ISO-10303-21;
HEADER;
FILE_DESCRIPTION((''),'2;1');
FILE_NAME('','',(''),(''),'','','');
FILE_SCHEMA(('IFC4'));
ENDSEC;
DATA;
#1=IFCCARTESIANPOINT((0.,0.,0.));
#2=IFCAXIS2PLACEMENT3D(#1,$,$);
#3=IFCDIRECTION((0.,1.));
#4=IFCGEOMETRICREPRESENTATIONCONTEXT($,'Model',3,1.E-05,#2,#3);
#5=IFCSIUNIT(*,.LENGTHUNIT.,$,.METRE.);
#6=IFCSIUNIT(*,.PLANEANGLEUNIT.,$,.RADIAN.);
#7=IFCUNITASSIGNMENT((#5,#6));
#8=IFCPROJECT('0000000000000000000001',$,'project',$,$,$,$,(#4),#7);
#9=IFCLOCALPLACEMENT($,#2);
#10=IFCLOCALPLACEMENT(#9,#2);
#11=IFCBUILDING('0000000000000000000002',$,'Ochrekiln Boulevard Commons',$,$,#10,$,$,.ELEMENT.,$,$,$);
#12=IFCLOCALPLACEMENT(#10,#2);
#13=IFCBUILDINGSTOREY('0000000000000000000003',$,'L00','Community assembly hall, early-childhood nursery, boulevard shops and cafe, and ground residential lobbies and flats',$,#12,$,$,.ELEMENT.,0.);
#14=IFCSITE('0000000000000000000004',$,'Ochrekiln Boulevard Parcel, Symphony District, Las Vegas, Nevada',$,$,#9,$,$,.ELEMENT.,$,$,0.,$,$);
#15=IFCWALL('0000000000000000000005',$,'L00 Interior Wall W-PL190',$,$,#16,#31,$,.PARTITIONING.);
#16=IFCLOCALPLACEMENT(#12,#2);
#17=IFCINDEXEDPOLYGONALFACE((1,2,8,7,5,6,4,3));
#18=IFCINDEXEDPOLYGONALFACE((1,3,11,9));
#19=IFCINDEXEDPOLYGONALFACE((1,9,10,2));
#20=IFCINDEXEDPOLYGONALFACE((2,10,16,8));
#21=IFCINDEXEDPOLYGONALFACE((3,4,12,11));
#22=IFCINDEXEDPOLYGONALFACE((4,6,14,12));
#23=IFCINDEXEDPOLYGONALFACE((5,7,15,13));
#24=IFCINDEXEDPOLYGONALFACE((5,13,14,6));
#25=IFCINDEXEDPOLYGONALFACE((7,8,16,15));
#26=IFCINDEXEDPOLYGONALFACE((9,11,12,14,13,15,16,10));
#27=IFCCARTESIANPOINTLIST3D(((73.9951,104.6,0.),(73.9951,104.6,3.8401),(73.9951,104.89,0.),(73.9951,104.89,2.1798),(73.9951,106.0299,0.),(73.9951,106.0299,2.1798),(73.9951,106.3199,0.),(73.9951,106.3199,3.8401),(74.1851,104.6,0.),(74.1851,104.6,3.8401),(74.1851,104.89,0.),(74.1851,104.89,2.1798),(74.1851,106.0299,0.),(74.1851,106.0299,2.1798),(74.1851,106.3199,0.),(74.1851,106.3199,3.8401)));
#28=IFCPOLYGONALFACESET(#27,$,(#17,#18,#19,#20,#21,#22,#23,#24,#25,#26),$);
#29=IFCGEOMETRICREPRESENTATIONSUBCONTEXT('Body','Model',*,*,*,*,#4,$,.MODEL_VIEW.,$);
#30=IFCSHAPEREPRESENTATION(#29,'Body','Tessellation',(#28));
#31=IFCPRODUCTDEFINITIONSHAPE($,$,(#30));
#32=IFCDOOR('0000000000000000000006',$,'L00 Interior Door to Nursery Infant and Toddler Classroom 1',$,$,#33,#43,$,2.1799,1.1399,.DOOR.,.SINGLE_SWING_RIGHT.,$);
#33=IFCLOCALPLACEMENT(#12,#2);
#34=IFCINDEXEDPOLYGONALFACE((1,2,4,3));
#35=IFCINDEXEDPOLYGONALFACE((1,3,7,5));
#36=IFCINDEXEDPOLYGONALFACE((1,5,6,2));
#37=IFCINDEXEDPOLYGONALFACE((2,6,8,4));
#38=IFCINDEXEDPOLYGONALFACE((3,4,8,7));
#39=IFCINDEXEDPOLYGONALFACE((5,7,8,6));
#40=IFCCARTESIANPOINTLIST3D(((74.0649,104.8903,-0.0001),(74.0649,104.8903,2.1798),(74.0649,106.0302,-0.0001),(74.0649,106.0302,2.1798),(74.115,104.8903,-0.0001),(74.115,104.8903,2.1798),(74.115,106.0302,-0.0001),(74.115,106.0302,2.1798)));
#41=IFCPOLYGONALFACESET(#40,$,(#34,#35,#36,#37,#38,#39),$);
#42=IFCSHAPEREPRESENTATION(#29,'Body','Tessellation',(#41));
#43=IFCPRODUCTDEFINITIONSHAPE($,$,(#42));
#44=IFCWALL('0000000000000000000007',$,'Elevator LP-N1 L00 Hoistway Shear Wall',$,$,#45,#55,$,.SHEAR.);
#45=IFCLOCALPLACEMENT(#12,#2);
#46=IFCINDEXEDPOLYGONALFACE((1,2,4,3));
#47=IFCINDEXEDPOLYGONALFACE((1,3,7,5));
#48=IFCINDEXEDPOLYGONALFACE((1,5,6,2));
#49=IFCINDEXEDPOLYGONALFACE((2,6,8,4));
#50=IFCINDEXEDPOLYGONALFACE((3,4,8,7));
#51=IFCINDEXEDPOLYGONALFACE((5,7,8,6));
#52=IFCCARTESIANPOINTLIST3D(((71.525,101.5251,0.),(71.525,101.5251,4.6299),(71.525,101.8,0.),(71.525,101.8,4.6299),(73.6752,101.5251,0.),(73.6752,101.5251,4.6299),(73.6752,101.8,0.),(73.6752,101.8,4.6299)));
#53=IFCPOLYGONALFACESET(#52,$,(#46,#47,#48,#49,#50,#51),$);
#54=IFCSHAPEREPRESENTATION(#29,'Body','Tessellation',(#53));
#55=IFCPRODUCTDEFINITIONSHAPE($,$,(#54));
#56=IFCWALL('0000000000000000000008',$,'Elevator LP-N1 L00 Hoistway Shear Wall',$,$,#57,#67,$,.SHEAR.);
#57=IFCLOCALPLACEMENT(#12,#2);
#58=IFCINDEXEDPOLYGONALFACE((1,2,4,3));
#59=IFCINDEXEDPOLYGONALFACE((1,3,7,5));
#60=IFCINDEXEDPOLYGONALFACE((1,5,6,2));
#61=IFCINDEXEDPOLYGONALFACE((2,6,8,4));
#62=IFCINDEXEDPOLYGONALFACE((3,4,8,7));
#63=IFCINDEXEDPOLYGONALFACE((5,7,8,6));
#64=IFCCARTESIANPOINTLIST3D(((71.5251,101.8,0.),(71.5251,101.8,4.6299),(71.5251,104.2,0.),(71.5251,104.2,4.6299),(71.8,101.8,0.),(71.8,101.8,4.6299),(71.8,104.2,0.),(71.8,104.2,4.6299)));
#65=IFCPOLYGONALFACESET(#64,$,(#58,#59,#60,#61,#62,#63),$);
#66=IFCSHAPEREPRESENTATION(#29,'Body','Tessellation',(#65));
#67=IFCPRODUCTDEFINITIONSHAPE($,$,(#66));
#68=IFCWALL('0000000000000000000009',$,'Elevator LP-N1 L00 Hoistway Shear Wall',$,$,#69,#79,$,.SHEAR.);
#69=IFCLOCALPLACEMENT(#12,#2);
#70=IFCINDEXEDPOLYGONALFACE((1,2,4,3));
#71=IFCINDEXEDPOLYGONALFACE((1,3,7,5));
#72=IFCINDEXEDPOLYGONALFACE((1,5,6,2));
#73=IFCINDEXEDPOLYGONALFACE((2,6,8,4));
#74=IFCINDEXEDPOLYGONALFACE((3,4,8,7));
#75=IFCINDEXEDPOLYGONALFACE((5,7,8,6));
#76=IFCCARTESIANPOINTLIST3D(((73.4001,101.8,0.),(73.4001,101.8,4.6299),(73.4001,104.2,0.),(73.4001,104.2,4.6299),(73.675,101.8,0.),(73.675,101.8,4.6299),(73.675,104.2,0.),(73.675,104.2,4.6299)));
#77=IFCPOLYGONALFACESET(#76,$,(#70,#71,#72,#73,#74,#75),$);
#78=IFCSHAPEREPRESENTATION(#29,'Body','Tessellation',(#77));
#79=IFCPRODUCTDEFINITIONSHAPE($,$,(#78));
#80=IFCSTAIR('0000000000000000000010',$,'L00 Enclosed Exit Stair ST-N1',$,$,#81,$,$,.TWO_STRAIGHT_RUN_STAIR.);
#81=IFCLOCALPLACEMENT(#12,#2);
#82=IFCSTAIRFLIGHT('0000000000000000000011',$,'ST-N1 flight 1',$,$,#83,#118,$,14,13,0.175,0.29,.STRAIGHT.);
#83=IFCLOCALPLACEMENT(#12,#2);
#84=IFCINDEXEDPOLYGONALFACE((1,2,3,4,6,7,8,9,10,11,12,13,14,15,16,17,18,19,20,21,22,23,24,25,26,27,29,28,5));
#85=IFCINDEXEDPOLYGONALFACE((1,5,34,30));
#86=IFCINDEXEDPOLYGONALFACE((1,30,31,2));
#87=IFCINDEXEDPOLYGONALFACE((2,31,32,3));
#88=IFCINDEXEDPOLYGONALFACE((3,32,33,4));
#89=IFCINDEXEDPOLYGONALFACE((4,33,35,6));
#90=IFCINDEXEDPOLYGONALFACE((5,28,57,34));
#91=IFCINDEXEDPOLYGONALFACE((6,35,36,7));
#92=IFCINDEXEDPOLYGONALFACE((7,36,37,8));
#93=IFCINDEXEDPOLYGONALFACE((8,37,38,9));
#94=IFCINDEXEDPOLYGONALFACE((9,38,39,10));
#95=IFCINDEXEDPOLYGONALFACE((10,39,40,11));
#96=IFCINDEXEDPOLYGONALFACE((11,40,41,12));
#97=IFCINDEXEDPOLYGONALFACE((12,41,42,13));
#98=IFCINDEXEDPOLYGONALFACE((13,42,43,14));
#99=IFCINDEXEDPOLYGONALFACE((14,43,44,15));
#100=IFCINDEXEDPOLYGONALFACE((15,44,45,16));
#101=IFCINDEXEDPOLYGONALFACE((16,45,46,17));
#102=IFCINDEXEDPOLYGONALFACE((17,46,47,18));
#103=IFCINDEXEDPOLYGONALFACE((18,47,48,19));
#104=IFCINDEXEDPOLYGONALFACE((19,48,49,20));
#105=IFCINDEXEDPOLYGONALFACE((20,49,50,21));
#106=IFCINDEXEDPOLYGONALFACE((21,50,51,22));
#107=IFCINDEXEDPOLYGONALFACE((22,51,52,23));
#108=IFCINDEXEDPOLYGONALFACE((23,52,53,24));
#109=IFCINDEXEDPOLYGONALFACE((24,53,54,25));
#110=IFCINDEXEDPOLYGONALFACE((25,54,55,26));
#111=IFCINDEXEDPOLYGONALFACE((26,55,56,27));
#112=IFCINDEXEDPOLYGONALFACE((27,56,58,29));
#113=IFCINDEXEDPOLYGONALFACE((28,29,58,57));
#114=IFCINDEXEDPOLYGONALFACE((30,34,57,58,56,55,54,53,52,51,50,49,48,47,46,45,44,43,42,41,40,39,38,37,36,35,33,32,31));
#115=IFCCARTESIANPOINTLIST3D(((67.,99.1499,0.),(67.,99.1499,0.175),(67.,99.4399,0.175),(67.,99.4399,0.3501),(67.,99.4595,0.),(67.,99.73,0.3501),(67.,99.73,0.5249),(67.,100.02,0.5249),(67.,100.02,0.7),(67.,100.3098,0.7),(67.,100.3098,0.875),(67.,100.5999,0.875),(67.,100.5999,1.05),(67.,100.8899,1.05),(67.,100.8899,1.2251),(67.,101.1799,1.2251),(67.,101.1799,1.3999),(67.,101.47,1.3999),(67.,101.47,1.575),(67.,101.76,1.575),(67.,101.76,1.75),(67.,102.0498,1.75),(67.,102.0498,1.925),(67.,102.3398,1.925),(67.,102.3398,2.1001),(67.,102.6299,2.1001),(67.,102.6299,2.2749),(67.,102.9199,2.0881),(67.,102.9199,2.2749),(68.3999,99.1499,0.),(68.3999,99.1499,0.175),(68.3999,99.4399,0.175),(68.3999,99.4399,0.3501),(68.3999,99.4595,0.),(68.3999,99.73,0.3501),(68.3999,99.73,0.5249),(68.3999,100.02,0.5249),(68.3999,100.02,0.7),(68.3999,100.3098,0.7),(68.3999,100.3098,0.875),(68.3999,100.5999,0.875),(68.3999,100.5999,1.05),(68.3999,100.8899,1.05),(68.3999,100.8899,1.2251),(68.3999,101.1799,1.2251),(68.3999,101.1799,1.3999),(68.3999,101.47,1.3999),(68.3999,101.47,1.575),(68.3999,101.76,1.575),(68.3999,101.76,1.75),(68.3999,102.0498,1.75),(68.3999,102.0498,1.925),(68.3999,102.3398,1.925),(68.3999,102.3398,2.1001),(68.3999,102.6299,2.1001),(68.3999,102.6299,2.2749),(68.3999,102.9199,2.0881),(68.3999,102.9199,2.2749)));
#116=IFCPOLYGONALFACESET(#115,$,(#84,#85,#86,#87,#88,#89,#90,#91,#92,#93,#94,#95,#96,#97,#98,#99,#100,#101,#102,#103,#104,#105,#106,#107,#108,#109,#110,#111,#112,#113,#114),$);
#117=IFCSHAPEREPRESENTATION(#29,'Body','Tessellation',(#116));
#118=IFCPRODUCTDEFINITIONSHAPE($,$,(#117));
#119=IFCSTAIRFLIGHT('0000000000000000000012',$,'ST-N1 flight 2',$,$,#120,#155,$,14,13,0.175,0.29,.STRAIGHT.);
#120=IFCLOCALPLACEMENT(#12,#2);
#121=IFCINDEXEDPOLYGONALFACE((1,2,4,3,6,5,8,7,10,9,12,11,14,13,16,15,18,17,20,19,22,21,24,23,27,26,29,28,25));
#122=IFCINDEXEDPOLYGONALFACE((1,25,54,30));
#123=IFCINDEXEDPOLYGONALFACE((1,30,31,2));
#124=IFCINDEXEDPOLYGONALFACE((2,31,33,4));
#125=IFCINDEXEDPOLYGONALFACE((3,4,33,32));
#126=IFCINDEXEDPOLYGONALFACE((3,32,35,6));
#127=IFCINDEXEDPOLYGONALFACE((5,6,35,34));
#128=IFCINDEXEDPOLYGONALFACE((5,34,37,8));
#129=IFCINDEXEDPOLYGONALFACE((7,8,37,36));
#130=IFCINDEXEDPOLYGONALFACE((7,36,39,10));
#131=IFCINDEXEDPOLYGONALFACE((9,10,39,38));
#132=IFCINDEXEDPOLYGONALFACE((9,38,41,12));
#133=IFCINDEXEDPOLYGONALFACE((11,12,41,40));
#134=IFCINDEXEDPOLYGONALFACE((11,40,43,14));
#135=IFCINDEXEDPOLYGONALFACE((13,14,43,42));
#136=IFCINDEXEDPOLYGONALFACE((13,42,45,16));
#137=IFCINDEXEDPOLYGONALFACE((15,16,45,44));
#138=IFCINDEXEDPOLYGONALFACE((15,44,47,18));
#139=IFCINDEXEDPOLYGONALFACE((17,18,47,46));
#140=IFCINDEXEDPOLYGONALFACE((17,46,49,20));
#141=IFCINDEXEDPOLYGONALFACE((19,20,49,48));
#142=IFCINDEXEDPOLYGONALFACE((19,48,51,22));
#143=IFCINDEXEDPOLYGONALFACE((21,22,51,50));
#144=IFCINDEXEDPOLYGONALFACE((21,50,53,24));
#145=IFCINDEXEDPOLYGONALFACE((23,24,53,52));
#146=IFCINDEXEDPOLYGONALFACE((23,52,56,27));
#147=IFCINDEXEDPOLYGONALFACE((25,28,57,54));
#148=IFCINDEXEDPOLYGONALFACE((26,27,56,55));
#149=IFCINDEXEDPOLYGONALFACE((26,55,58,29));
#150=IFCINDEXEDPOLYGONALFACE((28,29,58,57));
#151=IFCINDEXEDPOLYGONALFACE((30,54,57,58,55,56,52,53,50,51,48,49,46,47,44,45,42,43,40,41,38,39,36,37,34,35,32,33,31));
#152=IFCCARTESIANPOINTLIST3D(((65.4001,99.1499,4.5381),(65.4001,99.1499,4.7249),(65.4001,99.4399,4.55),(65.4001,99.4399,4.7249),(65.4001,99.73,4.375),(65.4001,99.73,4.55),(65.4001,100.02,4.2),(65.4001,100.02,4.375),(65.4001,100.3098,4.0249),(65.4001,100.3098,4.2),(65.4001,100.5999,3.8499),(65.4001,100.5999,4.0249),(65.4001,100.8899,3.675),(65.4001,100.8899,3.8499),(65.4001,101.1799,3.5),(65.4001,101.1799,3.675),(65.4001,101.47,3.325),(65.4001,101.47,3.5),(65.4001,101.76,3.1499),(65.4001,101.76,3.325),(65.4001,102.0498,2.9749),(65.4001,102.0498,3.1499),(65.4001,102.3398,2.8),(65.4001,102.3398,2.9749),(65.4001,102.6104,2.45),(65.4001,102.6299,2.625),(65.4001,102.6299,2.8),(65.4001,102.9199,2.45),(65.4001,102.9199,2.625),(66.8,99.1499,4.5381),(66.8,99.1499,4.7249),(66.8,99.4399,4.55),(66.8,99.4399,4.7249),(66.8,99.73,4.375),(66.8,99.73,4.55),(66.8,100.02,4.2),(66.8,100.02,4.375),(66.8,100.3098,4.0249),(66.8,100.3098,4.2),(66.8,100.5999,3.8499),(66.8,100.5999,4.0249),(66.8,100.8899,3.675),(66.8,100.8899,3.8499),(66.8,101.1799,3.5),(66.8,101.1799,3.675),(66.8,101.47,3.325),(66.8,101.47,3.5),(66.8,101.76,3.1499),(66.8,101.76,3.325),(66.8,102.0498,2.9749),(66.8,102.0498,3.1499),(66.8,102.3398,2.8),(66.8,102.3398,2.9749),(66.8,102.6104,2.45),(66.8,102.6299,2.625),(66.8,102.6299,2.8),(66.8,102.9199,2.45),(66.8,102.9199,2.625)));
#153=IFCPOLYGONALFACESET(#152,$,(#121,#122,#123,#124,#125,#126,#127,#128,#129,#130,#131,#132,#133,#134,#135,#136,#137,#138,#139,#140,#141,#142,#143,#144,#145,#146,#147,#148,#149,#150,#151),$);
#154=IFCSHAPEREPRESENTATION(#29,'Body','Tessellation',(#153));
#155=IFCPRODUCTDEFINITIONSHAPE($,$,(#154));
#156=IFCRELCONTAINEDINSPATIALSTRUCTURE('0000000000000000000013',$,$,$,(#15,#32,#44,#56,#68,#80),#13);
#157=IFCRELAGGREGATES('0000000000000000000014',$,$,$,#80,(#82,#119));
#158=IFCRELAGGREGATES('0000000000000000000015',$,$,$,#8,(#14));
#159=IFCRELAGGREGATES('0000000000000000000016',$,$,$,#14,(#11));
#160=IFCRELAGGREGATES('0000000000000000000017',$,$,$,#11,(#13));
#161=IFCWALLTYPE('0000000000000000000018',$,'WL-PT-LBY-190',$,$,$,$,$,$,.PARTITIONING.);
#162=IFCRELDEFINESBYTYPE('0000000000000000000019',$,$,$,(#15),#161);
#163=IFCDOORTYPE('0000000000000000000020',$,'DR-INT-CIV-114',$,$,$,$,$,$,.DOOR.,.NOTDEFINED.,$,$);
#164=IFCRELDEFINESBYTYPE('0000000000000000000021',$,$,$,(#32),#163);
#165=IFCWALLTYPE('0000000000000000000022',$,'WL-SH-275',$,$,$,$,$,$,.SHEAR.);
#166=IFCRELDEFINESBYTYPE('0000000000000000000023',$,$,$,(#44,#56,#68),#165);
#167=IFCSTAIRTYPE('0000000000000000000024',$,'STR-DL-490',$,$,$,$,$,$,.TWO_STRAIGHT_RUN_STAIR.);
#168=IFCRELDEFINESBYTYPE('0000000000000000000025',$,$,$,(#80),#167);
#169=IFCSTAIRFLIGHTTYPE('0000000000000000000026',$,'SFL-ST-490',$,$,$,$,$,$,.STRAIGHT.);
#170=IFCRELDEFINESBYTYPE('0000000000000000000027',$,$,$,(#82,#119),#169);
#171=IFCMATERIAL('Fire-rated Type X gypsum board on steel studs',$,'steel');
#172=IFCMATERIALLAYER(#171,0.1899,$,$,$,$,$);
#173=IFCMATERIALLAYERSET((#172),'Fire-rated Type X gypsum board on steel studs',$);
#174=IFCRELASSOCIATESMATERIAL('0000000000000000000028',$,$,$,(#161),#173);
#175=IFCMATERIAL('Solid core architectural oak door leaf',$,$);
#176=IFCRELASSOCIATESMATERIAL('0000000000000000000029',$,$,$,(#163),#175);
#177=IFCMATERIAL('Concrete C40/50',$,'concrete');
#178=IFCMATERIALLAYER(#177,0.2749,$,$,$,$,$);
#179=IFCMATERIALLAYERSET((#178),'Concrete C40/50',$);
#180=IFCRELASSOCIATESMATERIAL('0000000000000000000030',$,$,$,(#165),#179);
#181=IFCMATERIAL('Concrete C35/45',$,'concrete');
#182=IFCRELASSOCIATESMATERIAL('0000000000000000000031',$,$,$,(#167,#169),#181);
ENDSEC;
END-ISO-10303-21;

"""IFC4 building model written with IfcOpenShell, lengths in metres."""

from ifc_helpers import new_model, si_unit, direction, frame, frame_2d, origin, place, context, subcontext, project, spatial, polyline, rectangle, outline, extrude, material, layer, layer_set, type_object, element, fill, aggregate, save


model = new_model("IFC4")

# Units and contexts
model_context = context("Model", 3, precision=1e-05, world=origin(), true_north=direction((0.0, 1.0)))
body_context = subcontext(model_context, "Body", "Model", "MODEL_VIEW")
ifc_project = project(units=[si_unit("LENGTHUNIT", "METRE"), si_unit("PLANEANGLEUNIT", "RADIAN")], contexts=[model_context])

# Site, building, storey
site_placement = place(None, origin())
site = spatial("IfcSite", under=ifc_project, at=site_placement, Name="Ochrekiln Boulevard Parcel, Symphony District, Las Vegas, Nevada", CompositionType="ELEMENT", RefElevation=0.0)
building_placement = place(site_placement, origin())
building = spatial("IfcBuilding", under=site, at=building_placement, Name="Ochrekiln Boulevard Commons", CompositionType="ELEMENT")
storey_placement = place(building_placement, origin())
storey = spatial("IfcBuildingStorey", under=building, at=storey_placement, Name="L00", Description="Community assembly hall, early-childhood nursery, boulevard shops and cafe, and ground residential lobbies and flats", CompositionType="ELEMENT", Elevation=0.0)

# Shared definitions
ifc_material_1 = material(Name="Concrete C40/50", Category="concrete")

# Shared definitions
ifc_material_2 = material(Name="Concrete C35/45", Category="concrete")

# Wall, opening, door
ifc_material_3 = material(Name="Fire-rated Type X gypsum board on steel studs", Category="steel")
ifc_material_4 = material(Name="Solid core architectural oak door leaf")
ifc_layer_1 = layer(ifc_material_3, 0.1899)
ifc_layer_set_1 = layer_set([ifc_layer_1], Name="Fire-rated Type X gypsum board on steel studs")
wall_type_1 = type_object("IfcWallType", Name="WL-PT-LBY-190", PredefinedType="PARTITIONING", material=ifc_layer_set_1)
wall_1_placement = place(storey_placement, frame((74.0901, 104.6001, 0.0), z_axis=(0.0, 0.0, 1.0), x_axis=(0.0, 1.0, 0.0)))
wall_1 = element("IfcWall", 1, at=wall_1_placement, inside=storey, type_object=wall_type_1, Name="L00 Interior Wall W-PL190", PredefinedType="PARTITIONING", context=body_context, shape_type="SweptSolid", body=[
    extrude(rectangle(XDim=1.72, YDim=0.1899, at=frame_2d((0.8599, 0.0))), origin(), (0.0, 0.0, 1.0), 3.8401),
])
opening_1_placement = place(wall_1_placement, frame((0.29, 0.0, 0.0)))
opening_1 = element("IfcOpeningElement", 2, at=opening_1_placement, cuts=wall_1, PredefinedType="OPENING", context=body_context, shape_type="SweptSolid", body=[
    extrude(rectangle(XDim=1.1399, YDim=2.1799, at=frame_2d((0.5698, 1.0898))), frame((0.0, 0.105, 0.0), z_axis=(0.0, -1.0, 0.0), x_axis=(1.0, 0.0, 0.0)), (0.0, 0.0, 1.0), 0.21),
])
door_type_1 = type_object("IfcDoorType", Name="DR-INT-CIV-114", OperationType="NOTDEFINED", PredefinedType="DOOR", material=ifc_material_4)
door_1_placement = place(opening_1_placement, frame((1.1399, 0.0, 0.0), z_axis=(0.0, 0.0, 1.0), x_axis=(-1.0, 0.0, 0.0)))
door_1 = element("IfcDoor", 3, at=door_1_placement, inside=storey, type_object=door_type_1, Name="L00 Interior Door to Nursery Infant and Toddler Classroom 1", OperationType="SINGLE_SWING_RIGHT", OverallHeight=2.1799, OverallWidth=1.1399, PredefinedType="DOOR", context=body_context, shape_type="SweptSolid", body=[
    extrude(rectangle(XDim=1.1399, YDim=2.1799, at=frame_2d((0.5698, 1.0898))), frame((0.0, 0.0249, 0.0), z_axis=(0.0, -1.0, 0.0), x_axis=(1.0, 0.0, 0.0)), (0.0, 0.0, 1.0), 0.05),
])
fill(opening_1, door_1)

# Wall
ifc_layer_2 = layer(ifc_material_1, 0.2749)
ifc_layer_set_2 = layer_set([ifc_layer_2], Name="Concrete C40/50")
wall_type_2 = type_object("IfcWallType", Name="WL-SH-275", PredefinedType="SHEAR", material=ifc_layer_set_2)
wall_2_placement = place(storey_placement, frame((71.5249, 101.6626, 0.0), z_axis=(0.0, 0.0, 1.0), x_axis=(1.0, 0.0, 0.0)))
element("IfcWall", 4, at=wall_2_placement, inside=storey, type_object=wall_type_2, Name="Elevator LP-N1 L00 Hoistway Shear Wall", PredefinedType="SHEAR", context=body_context, shape_type="SweptSolid", body=[
    extrude(rectangle(XDim=2.1501, YDim=0.2749, at=frame_2d((1.0752, 0.0))), origin(), (0.0, 0.0, 1.0), 4.6299),
])

# Walls
for number, where, z_axis, x_axis, name in (
    (5, (71.6626, 101.8, 0.0), (0.0, 0.0, 1.0), (0.0, 1.0, 0.0), "Elevator LP-N1 L00 Hoistway Shear Wall"),
    (6, (73.5376, 101.8, 0.0), (0.0, 0.0, 1.0), (0.0, 1.0, 0.0), "Elevator LP-N1 L00 Hoistway Shear Wall"),
):
    element("IfcWall", number, at=place(storey_placement, frame(where, z_axis=z_axis, x_axis=x_axis)), inside=storey, type_object=wall_type_2, Name=name, PredefinedType="SHEAR", context=body_context, shape_type="SweptSolid", body=[
        extrude(rectangle(XDim=2.3999, YDim=0.2749, at=frame_2d((1.2, 0.0))), origin(), (0.0, 0.0, 1.0), 4.6299),
    ])

# Stair, stair flights
stair_type = type_object("IfcStairType", Name="STR-DL-490", PredefinedType="TWO_STRAIGHT_RUN_STAIR", material=ifc_material_2)
stair_placement = place(storey_placement, origin())
stair = element("IfcStair", 7, at=stair_placement, inside=storey, type_object=stair_type, Name="L00 Enclosed Exit Stair ST-N1", PredefinedType="TWO_STRAIGHT_RUN_STAIR")
stair_flight_type = type_object("IfcStairFlightType", Name="SFL-ST-490", PredefinedType="STRAIGHT", material=ifc_material_2)
stair_flight_1_placement = place(storey_placement, frame((67.7, 99.1499, 0.0), z_axis=(0.0, 0.0, 1.0), x_axis=(0.0, 1.0, 0.0)))
stair_flight_1 = element("IfcStairFlight", 8, at=stair_flight_1_placement, type_object=stair_flight_type, Name="ST-N1 flight 1", NumberOfRisers=14, NumberOfTreads=13, PredefinedType="STRAIGHT", RiserHeight=0.175, TreadLength=0.29, context=body_context, shape_type="SweptSolid", body=[
    extrude(outline(polyline([(0.0, 0.0), (0.0, 0.175), (0.29, 0.175), (0.29, 0.3501), (0.5801, 0.3501), (0.5801, 0.5249), (0.8701, 0.5249), (0.8701, 0.7), (1.1599, 0.7), (1.1599, 0.875), (1.45, 0.875), (1.45, 1.05), (1.74, 1.05), (1.74, 1.2251), (2.03, 1.2251), (2.03, 1.3999), (2.3201, 1.3999), (2.3201, 1.575), (2.6101, 1.575), (2.6101, 1.75), (2.8999, 1.75), (2.8999, 1.925), (3.1899, 1.925), (3.1899, 2.1001), (3.48, 2.1001), (3.48, 2.2749), (3.77, 2.2749), (3.77, 2.45), (3.77, 2.0881), (0.3096, 0.0), (0.0, 0.0)])), frame((0.0, 0.7, 0.0), z_axis=(0.0, -1.0, 0.0), x_axis=(1.0, 0.0, 0.0)), (0.0, 0.0, 1.0), 1.3999),
])
stair_flight_2_placement = place(storey_placement, frame((66.1001, 102.9199, 2.45), z_axis=(0.0, 0.0, 1.0), x_axis=(0.0, -1.0, 0.0)))
stair_flight_2 = element("IfcStairFlight", 9, at=stair_flight_2_placement, type_object=stair_flight_type, Name="ST-N1 flight 2", NumberOfRisers=14, NumberOfTreads=13, PredefinedType="STRAIGHT", RiserHeight=0.175, TreadLength=0.29, context=body_context, shape_type="SweptSolid", body=[
    extrude(outline(polyline([(0.0, 0.0), (0.0, 0.175), (0.29, 0.175), (0.29, 0.3501), (0.5801, 0.3501), (0.5801, 0.5249), (0.8701, 0.5249), (0.8701, 0.7), (1.1599, 0.7), (1.1599, 0.875), (1.45, 0.875), (1.45, 1.05), (1.74, 1.05), (1.74, 1.2251), (2.03, 1.2251), (2.03, 1.3999), (2.3201, 1.3999), (2.3201, 1.575), (2.6101, 1.575), (2.6101, 1.75), (2.8999, 1.75), (2.8999, 1.925), (3.1899, 1.925), (3.1899, 2.1001), (3.48, 2.1001), (3.48, 2.2749), (3.77, 2.2749), (3.77, 2.45), (3.77, 2.0881), (0.3096, 0.0), (0.0, 0.0)])), frame((0.0, 0.7, 0.0), z_axis=(0.0, -1.0, 0.0), x_axis=(1.0, 0.0, 0.0)), (0.0, 0.0, 1.0), 1.3999),
])
aggregate(stair, [stair_flight_1, stair_flight_2])

save(model, "model.ifc")
